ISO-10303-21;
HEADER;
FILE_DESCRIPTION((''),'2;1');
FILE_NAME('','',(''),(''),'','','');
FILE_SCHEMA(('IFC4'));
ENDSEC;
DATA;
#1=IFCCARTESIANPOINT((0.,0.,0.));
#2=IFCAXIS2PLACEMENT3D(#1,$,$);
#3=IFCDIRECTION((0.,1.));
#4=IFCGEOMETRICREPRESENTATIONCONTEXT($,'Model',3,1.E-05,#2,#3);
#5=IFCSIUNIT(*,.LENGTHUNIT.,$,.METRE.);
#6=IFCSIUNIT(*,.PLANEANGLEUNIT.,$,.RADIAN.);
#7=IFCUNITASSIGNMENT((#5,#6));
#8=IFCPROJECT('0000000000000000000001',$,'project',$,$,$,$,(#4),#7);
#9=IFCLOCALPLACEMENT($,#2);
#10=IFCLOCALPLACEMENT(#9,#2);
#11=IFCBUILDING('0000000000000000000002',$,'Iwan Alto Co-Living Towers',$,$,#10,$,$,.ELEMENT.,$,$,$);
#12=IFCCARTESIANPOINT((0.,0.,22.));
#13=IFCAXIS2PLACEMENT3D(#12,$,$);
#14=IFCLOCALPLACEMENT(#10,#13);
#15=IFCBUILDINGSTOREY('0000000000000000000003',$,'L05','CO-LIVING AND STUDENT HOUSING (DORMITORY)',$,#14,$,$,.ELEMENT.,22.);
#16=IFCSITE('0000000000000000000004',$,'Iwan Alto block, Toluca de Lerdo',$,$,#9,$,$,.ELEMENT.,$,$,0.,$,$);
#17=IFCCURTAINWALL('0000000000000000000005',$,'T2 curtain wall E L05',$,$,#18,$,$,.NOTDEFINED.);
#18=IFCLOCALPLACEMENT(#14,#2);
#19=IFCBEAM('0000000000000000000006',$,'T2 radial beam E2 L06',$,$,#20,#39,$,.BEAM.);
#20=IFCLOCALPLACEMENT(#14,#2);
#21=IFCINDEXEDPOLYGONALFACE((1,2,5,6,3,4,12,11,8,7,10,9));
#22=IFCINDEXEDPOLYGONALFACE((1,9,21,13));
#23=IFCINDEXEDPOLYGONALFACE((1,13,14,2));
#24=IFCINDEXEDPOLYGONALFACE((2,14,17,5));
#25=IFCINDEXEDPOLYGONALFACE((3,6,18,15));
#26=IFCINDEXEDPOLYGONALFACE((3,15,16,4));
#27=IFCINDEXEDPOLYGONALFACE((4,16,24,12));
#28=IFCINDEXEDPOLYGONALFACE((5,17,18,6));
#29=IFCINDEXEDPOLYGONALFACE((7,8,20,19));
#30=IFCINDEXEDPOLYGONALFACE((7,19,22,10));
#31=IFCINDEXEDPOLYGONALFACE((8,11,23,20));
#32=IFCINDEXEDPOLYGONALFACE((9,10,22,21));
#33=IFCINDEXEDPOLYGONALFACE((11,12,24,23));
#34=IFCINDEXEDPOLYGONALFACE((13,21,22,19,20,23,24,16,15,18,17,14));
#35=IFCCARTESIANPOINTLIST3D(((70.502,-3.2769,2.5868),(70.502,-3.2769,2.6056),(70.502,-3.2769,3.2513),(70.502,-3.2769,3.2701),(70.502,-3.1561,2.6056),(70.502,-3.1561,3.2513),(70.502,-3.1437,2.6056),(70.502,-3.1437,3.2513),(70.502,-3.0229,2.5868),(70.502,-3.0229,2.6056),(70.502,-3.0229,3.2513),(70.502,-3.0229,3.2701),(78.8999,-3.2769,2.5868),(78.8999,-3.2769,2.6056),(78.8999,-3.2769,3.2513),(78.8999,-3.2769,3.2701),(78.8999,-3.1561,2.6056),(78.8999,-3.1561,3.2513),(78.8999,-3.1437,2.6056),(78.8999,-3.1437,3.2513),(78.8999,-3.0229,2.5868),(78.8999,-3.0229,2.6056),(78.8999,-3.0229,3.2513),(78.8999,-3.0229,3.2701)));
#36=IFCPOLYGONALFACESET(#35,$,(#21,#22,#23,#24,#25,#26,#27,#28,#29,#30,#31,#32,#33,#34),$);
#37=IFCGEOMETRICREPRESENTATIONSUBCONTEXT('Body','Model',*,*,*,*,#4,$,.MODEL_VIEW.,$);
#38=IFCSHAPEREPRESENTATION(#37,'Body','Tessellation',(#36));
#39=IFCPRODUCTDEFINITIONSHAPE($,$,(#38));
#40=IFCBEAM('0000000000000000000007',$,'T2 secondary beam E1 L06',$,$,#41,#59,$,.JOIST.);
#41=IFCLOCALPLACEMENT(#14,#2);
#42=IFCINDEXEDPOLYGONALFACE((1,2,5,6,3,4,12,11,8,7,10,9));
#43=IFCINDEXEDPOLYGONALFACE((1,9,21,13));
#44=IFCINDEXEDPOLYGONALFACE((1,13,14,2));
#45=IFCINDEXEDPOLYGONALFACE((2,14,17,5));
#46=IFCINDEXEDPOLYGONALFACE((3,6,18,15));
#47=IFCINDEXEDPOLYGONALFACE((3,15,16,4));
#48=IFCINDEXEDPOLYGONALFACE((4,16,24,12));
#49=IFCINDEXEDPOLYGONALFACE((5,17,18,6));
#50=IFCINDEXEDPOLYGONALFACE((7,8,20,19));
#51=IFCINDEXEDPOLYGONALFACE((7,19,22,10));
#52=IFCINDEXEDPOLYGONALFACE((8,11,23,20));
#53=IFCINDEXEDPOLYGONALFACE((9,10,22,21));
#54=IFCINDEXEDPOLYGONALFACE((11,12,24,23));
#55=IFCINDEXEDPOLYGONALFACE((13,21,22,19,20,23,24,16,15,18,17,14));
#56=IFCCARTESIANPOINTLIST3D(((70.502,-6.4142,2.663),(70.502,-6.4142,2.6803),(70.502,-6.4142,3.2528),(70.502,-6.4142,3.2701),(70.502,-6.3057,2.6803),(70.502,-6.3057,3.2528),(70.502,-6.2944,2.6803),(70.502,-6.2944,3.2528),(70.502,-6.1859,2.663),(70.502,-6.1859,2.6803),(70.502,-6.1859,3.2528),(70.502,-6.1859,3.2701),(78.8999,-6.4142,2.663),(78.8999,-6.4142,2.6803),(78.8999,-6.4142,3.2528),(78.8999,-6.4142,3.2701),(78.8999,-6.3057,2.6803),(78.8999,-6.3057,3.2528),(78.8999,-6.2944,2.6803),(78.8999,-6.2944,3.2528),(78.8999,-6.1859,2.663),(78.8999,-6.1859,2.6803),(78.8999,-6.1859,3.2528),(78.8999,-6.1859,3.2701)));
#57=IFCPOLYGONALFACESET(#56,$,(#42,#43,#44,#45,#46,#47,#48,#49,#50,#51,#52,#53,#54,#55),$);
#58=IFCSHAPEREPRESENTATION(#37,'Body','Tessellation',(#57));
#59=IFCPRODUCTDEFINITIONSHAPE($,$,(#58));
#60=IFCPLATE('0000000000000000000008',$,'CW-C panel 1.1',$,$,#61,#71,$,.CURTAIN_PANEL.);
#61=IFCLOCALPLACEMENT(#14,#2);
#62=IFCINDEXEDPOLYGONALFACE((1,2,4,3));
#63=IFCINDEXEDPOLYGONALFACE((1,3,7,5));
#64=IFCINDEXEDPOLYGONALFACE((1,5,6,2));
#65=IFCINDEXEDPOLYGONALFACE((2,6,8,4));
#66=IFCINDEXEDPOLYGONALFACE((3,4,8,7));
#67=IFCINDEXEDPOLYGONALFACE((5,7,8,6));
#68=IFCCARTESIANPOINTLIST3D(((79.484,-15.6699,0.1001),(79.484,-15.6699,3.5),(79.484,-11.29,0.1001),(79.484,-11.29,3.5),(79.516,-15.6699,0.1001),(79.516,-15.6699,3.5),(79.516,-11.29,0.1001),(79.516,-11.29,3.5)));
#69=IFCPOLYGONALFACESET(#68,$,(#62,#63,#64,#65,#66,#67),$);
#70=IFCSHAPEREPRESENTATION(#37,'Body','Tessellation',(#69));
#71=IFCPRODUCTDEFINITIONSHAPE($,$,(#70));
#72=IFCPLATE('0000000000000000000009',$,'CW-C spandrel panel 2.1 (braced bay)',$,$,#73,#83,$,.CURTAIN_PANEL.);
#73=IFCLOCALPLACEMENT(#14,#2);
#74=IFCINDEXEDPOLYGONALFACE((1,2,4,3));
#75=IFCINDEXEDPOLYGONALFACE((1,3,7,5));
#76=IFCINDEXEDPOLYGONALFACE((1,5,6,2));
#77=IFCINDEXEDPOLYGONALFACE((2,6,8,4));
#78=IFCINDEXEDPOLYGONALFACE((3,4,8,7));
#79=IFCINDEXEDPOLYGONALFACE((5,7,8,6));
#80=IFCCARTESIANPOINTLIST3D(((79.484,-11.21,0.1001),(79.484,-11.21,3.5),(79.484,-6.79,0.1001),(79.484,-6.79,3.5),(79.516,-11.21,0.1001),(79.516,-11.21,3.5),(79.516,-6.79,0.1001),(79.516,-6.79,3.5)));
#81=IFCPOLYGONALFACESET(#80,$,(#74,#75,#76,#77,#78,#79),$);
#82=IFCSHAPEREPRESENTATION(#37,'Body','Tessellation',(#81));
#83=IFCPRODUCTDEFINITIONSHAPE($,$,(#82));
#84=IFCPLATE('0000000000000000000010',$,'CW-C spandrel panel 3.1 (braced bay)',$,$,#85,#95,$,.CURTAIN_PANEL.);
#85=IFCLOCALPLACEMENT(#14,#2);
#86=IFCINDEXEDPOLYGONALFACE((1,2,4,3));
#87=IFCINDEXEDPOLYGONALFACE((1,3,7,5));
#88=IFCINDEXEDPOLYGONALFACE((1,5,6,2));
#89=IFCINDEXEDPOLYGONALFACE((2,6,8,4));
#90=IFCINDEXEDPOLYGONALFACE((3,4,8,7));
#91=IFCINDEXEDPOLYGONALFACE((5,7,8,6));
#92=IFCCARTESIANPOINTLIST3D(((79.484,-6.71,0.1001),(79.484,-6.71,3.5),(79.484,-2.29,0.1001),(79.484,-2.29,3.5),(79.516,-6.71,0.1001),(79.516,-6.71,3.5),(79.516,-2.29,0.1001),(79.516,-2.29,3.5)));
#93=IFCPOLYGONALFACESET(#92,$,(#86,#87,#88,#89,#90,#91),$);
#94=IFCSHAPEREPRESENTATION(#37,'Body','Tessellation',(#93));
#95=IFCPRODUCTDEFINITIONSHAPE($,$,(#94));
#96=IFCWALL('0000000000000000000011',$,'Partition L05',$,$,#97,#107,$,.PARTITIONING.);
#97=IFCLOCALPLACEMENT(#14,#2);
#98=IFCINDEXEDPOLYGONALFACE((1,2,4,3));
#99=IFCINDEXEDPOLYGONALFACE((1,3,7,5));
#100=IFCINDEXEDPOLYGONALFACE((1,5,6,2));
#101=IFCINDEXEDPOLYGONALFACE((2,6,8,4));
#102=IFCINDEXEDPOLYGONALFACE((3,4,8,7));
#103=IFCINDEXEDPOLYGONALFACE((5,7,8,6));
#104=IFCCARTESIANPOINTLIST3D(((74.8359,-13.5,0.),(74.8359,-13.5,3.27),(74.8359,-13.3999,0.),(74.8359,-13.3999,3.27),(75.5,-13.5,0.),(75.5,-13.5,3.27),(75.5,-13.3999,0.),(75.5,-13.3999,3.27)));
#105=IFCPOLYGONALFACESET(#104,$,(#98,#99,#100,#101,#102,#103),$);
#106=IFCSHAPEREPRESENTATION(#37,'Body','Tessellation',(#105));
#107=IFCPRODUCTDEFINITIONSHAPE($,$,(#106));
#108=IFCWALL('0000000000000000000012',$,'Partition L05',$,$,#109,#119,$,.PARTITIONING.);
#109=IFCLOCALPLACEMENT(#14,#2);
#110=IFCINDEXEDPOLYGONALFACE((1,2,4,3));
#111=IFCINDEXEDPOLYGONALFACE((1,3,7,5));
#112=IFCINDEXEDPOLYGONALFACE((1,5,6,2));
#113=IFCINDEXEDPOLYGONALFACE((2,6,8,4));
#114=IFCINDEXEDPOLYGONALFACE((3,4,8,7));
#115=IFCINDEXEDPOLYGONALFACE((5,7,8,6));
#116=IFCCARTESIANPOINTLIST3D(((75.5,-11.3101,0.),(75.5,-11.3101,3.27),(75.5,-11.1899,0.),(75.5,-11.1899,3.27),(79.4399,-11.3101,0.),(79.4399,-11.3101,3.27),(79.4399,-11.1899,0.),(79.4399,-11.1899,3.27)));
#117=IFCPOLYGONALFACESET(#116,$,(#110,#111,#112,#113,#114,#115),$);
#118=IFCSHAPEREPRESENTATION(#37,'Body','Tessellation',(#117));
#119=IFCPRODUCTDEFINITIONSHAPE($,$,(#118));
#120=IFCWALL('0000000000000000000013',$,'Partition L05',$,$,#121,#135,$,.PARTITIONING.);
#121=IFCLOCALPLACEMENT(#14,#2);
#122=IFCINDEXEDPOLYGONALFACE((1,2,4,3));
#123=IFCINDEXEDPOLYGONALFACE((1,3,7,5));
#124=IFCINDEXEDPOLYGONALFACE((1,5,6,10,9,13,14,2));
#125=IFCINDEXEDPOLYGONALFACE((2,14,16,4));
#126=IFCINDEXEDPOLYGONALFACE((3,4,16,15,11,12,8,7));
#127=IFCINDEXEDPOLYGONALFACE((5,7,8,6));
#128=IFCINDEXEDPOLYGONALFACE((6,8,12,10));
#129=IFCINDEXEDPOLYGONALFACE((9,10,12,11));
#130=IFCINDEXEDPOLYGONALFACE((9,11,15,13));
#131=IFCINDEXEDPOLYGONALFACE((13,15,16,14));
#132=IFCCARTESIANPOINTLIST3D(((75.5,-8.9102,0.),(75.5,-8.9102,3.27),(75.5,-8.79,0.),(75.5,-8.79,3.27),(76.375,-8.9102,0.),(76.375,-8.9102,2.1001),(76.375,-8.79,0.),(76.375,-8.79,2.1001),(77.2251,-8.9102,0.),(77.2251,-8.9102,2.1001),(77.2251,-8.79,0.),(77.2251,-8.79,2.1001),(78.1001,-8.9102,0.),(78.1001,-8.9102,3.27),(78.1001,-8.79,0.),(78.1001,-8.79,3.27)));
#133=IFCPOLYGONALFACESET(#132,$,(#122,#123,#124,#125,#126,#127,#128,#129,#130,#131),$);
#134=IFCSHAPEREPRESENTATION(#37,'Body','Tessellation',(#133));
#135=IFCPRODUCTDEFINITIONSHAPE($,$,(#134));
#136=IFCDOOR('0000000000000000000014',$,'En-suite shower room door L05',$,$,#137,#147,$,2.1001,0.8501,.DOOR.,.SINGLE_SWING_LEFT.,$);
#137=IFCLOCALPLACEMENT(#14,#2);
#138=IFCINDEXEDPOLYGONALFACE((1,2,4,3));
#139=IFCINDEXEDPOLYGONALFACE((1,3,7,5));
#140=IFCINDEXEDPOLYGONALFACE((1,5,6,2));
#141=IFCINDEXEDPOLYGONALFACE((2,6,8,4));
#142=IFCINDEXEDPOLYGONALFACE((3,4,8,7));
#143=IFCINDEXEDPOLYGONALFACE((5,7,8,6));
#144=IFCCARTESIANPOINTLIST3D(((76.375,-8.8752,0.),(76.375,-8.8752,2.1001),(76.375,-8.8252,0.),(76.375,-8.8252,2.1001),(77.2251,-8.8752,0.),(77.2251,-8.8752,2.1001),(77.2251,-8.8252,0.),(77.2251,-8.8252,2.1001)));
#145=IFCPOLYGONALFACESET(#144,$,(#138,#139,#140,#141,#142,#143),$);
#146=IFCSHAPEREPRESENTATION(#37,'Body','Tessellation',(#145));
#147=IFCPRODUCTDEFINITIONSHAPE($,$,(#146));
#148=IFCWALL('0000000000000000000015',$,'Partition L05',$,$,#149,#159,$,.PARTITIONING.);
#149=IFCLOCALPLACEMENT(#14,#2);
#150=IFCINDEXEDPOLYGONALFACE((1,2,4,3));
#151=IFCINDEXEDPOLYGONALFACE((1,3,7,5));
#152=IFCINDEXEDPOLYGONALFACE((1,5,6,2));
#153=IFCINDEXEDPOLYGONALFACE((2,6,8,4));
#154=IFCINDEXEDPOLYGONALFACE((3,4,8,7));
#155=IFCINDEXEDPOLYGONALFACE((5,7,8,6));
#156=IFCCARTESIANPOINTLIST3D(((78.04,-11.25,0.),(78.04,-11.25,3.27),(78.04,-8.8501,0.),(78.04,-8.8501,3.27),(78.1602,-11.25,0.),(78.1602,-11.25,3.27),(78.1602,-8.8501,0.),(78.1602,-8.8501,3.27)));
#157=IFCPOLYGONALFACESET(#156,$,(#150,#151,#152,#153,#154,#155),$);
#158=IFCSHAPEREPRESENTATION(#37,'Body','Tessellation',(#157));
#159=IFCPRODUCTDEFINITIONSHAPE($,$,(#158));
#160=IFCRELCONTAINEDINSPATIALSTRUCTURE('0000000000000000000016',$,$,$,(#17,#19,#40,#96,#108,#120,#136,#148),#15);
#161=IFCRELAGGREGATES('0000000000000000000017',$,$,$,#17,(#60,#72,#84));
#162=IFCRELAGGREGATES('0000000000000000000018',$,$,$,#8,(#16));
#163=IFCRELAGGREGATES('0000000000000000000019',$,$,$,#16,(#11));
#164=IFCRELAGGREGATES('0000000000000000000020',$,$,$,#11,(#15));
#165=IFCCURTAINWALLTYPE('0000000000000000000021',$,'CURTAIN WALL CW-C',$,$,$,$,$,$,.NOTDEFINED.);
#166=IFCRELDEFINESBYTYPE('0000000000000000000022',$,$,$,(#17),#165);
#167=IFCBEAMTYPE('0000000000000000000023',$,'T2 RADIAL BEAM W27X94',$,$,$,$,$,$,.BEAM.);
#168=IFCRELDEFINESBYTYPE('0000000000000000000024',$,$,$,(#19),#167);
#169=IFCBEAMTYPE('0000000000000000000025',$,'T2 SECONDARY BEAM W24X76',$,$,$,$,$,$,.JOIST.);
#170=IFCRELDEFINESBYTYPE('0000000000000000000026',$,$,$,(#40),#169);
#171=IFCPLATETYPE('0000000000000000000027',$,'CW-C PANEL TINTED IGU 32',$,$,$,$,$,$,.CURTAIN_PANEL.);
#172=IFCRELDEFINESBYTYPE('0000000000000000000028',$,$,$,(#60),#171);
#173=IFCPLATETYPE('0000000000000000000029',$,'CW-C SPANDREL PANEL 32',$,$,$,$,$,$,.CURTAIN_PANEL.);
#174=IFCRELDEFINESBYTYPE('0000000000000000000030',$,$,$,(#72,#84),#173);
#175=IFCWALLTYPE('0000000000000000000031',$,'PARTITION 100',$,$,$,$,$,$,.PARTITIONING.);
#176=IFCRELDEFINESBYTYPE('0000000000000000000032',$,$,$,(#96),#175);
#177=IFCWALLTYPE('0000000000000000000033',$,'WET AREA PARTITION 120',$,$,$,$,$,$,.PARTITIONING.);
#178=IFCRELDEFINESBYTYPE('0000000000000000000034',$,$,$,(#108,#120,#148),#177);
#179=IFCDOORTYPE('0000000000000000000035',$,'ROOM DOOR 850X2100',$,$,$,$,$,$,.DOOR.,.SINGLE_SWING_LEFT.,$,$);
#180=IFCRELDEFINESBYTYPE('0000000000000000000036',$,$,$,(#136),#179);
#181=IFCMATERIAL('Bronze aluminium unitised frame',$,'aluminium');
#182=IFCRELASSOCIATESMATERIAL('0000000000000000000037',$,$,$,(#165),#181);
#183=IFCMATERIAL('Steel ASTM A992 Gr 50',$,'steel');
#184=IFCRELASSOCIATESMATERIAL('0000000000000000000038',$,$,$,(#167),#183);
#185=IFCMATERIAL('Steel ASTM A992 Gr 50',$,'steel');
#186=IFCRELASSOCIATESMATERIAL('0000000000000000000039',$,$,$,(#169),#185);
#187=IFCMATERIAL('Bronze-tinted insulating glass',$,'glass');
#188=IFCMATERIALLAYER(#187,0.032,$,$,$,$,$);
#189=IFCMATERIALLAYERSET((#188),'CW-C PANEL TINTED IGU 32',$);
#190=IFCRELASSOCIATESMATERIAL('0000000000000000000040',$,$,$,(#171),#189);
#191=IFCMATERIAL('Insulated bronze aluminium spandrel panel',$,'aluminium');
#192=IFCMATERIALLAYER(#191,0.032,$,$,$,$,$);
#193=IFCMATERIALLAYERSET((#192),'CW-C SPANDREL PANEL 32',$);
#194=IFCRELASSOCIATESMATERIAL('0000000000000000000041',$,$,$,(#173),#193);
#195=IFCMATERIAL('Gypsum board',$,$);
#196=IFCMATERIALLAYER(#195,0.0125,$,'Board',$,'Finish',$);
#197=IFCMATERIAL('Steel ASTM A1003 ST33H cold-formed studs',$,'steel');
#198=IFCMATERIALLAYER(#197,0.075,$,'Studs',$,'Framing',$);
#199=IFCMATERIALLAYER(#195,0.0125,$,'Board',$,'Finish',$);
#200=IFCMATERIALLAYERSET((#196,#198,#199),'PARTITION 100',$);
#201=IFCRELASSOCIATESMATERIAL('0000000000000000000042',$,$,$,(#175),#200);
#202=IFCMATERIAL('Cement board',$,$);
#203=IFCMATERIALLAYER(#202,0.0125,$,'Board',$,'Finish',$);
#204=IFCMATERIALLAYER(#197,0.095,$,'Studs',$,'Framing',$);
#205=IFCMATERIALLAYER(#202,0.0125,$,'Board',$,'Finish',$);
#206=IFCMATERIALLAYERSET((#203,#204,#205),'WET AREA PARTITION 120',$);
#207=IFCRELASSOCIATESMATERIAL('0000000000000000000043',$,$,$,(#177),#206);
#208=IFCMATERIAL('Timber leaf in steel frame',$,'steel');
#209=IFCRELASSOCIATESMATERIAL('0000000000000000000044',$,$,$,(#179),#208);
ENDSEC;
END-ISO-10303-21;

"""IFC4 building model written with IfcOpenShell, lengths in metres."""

from ifc_helpers import new_model, si_unit, direction, frame, frame_2d, origin, origin_2d, place, context, subcontext, project, spatial, rectangle, i_section, extrude, material, layer, layer_set, material_profile, profile_set, type_object, element, fill, aggregate, save


model = new_model("IFC4")

# Units and contexts
model_context = context("Model", 3, precision=1e-05, world=origin(), true_north=direction((0.0, 1.0)))
body_context = subcontext(model_context, "Body", "Model", "MODEL_VIEW")
ifc_project = project(units=[si_unit("LENGTHUNIT", "METRE"), si_unit("PLANEANGLEUNIT", "RADIAN")], contexts=[model_context])

# Site, building, storey
site_placement = place(None, origin())
site = spatial("IfcSite", under=ifc_project, at=site_placement, Name="Iwan Alto block, Toluca de Lerdo", CompositionType="ELEMENT", RefElevation=0.0)
building_placement = place(site_placement, origin())
building = spatial("IfcBuilding", under=site, at=building_placement, Name="Iwan Alto Co-Living Towers", CompositionType="ELEMENT")
storey_placement = place(building_placement, frame((0.0, 0.0, 22.0)))
storey = spatial("IfcBuildingStorey", under=building, at=storey_placement, Name="L05", Description="CO-LIVING AND STUDENT HOUSING (DORMITORY)", CompositionType="ELEMENT", Elevation=22.0)

# Curtain wall
ifc_material_1 = material(Name="Bronze aluminium unitised frame", Category="aluminium")
curtain_wall_type = type_object("IfcCurtainWallType", Name="CURTAIN WALL CW-C", PredefinedType="NOTDEFINED", material=ifc_material_1)
curtain_wall_placement = place(storey_placement, origin())
curtain_wall = element("IfcCurtainWall", 1, at=curtain_wall_placement, inside=storey, type_object=curtain_wall_type, Name="T2 curtain wall E L05", PredefinedType="NOTDEFINED")

# Beams
ifc_material_2 = material(Name="Steel ASTM A992 Gr 50", Category="steel")
ifc_material_profile_1 = material_profile(ifc_material_2, i_section(OverallWidth=0.2539, OverallDepth=0.6833, WebThickness=0.0125, FlangeThickness=0.0188, at=origin_2d()), Name="W27X94")
ifc_profile_set_1 = profile_set([ifc_material_profile_1], Name="Steel ASTM A992 Gr 50")
beam_type_1 = type_object("IfcBeamType", Name="T2 RADIAL BEAM W27X94", PredefinedType="BEAM", material=ifc_profile_set_1)
beam_1_placement = place(storey_placement, frame((78.8999, -3.1499, 2.9285), z_axis=(-1.0, 0.0, 0.0), x_axis=(0.0, -1.0, 0.0)))
element("IfcBeam", 2, at=beam_1_placement, inside=storey, type_object=beam_type_1, Name="T2 radial beam E2 L06", PredefinedType="BEAM", context=body_context, shape_type="SweptSolid", body=[
    extrude(i_section(OverallWidth=0.2539, OverallDepth=0.6833, WebThickness=0.0125, FlangeThickness=0.0188, at=origin_2d()), origin(), (0.0, 0.0, 1.0), 8.3979),
])
ifc_material_3 = material(Name="Steel ASTM A992 Gr 50", Category="steel")
ifc_material_profile_2 = material_profile(ifc_material_3, i_section(OverallWidth=0.2283, OverallDepth=0.6072, WebThickness=0.0112, FlangeThickness=0.0173, at=origin_2d()), Name="W24X76")
ifc_profile_set_2 = profile_set([ifc_material_profile_2], Name="Steel ASTM A992 Gr 50")
beam_type_2 = type_object("IfcBeamType", Name="T2 SECONDARY BEAM W24X76", PredefinedType="JOIST", material=ifc_profile_set_2)
beam_2_placement = place(storey_placement, frame((78.8999, -6.3, 2.9666), z_axis=(-1.0, 0.0, 0.0), x_axis=(0.0, -1.0, 0.0)))
element("IfcBeam", 3, at=beam_2_placement, inside=storey, type_object=beam_type_2, Name="T2 secondary beam E1 L06", PredefinedType="JOIST", context=body_context, shape_type="SweptSolid", body=[
    extrude(i_section(OverallWidth=0.2283, OverallDepth=0.6072, WebThickness=0.0112, FlangeThickness=0.0173, at=origin_2d()), origin(), (0.0, 0.0, 1.0), 8.3979),
])

# Plates
ifc_material_4 = material(Name="Bronze-tinted insulating glass", Category="glass")
ifc_layer_1 = layer(ifc_material_4, 0.032)
ifc_layer_set_1 = layer_set([ifc_layer_1], Name="CW-C PANEL TINTED IGU 32")
plate_type_1 = type_object("IfcPlateType", Name="CW-C PANEL TINTED IGU 32", PredefinedType="CURTAIN_PANEL", material=ifc_layer_set_1)
plate_1_placement = place(storey_placement, frame((79.5, -13.48, 0.1001), z_axis=(0.0, 0.0, 1.0), x_axis=(0.0, 1.0, 0.0)))
plate_1 = element("IfcPlate", 4, at=plate_1_placement, type_object=plate_type_1, Name="CW-C panel 1.1", PredefinedType="CURTAIN_PANEL", context=body_context, shape_type="SweptSolid", body=[
    extrude(rectangle(XDim=4.3799, YDim=0.032, at=origin_2d()), origin(), (0.0, 0.0, 1.0), 3.3999),
])
ifc_material_5 = material(Name="Insulated bronze aluminium spandrel panel", Category="aluminium")
ifc_layer_2 = layer(ifc_material_5, 0.032)
ifc_layer_set_2 = layer_set([ifc_layer_2], Name="CW-C SPANDREL PANEL 32")
plate_type_2 = type_object("IfcPlateType", Name="CW-C SPANDREL PANEL 32", PredefinedType="CURTAIN_PANEL", material=ifc_layer_set_2)
plate_2_placement = place(storey_placement, frame((79.5, -9.0, 0.1001), z_axis=(0.0, 0.0, 1.0), x_axis=(0.0, 1.0, 0.0)))
plate_2 = element("IfcPlate", 5, at=plate_2_placement, type_object=plate_type_2, Name="CW-C spandrel panel 2.1 (braced bay)", PredefinedType="CURTAIN_PANEL", context=body_context, shape_type="SweptSolid", body=[
    extrude(rectangle(XDim=4.4199, YDim=0.032, at=origin_2d()), origin(), (0.0, 0.0, 1.0), 3.3999),
])
plate_3_placement = place(storey_placement, frame((79.5, -4.5, 0.1001), z_axis=(0.0, 0.0, 1.0), x_axis=(0.0, 1.0, 0.0)))
plate_3 = element("IfcPlate", 6, at=plate_3_placement, type_object=plate_type_2, Name="CW-C spandrel panel 3.1 (braced bay)", PredefinedType="CURTAIN_PANEL", context=body_context, shape_type="SweptSolid", body=[
    extrude(rectangle(XDim=4.4199, YDim=0.032, at=origin_2d()), origin(), (0.0, 0.0, 1.0), 3.3999),
])
aggregate(curtain_wall, [plate_1, plate_2, plate_3])

# Walls
ifc_material_6 = material(Name="Gypsum board")
ifc_layer_3 = layer(ifc_material_6, 0.0125, Name="Board", Category="Finish")
ifc_material_7 = material(Name="Steel ASTM A1003 ST33H cold-formed studs", Category="steel")
ifc_layer_4 = layer(ifc_material_7, 0.075, Name="Studs", Category="Framing")
ifc_layer_5 = layer(ifc_material_6, 0.0125, Name="Board", Category="Finish")
ifc_layer_set_3 = layer_set([ifc_layer_3, ifc_layer_4, ifc_layer_5], Name="PARTITION 100")
wall_type_1 = type_object("IfcWallType", Name="PARTITION 100", PredefinedType="PARTITIONING", material=ifc_layer_set_3)
wall_1_placement = place(storey_placement, frame((74.8359, -13.45, 0.0), z_axis=(0.0, 0.0, 1.0), x_axis=(1.0, 0.0, 0.0)))
element("IfcWall", 7, at=wall_1_placement, inside=storey, type_object=wall_type_1, Name="Partition L05", PredefinedType="PARTITIONING", context=body_context, shape_type="SweptSolid", body=[
    extrude(rectangle(XDim=0.6641, YDim=0.1001, at=frame_2d((0.332, 0.0))), origin(), (0.0, 0.0, 1.0), 3.27),
])
ifc_material_8 = material(Name="Cement board")
ifc_layer_6 = layer(ifc_material_8, 0.0125, Name="Board", Category="Finish")
ifc_layer_7 = layer(ifc_material_7, 0.095, Name="Studs", Category="Framing")
ifc_layer_8 = layer(ifc_material_8, 0.0125, Name="Board", Category="Finish")
ifc_layer_set_4 = layer_set([ifc_layer_6, ifc_layer_7, ifc_layer_8], Name="WET AREA PARTITION 120")
wall_type_2 = type_object("IfcWallType", Name="WET AREA PARTITION 120", PredefinedType="PARTITIONING", material=ifc_layer_set_4)
wall_2_placement = place(storey_placement, frame((75.5, -11.25, 0.0), z_axis=(0.0, 0.0, 1.0), x_axis=(1.0, 0.0, 0.0)))
element("IfcWall", 8, at=wall_2_placement, inside=storey, type_object=wall_type_2, Name="Partition L05", PredefinedType="PARTITIONING", context=body_context, shape_type="SweptSolid", body=[
    extrude(rectangle(XDim=3.9399, YDim=0.1201, at=frame_2d((1.97, 0.0))), origin(), (0.0, 0.0, 1.0), 3.27),
])

# Wall, opening, door
wall_3_placement = place(storey_placement, frame((75.5, -8.8501, 0.0), z_axis=(0.0, 0.0, 1.0), x_axis=(1.0, 0.0, 0.0)))
wall_3 = element("IfcWall", 9, at=wall_3_placement, inside=storey, type_object=wall_type_2, Name="Partition L05", PredefinedType="PARTITIONING", context=body_context, shape_type="SweptSolid", body=[
    extrude(rectangle(XDim=2.6001, YDim=0.1201, at=frame_2d((1.3, 0.0))), origin(), (0.0, 0.0, 1.0), 3.27),
])
opening_1_placement = place(wall_3_placement, frame((0.875, 0.0, 0.0)))
opening_1 = element("IfcOpeningElement", 10, at=opening_1_placement, cuts=wall_3, PredefinedType="OPENING", context=body_context, shape_type="SweptSolid", body=[
    extrude(rectangle(XDim=0.8501, YDim=2.1001, at=frame_2d((0.425, 1.05))), frame((0.0, 0.0701, 0.0), z_axis=(0.0, -1.0, 0.0), x_axis=(1.0, 0.0, 0.0)), (0.0, 0.0, 1.0), 0.1401),
])
ifc_material_9 = material(Name="Timber leaf in steel frame", Category="steel")
door_type = type_object("IfcDoorType", Name="ROOM DOOR 850X2100", OperationType="SINGLE_SWING_LEFT", PredefinedType="DOOR", material=ifc_material_9)
door_1_placement = place(opening_1_placement, origin())
door_1 = element("IfcDoor", 11, at=door_1_placement, inside=storey, type_object=door_type, Name="En-suite shower room door L05", OperationType="SINGLE_SWING_LEFT", OverallHeight=2.1001, OverallWidth=0.8501, PredefinedType="DOOR", context=body_context, shape_type="SweptSolid", body=[
    extrude(rectangle(XDim=0.8501, YDim=2.1001, at=frame_2d((0.425, 1.05))), frame((0.0, 0.0249, 0.0), z_axis=(0.0, -1.0, 0.0), x_axis=(1.0, 0.0, 0.0)), (0.0, 0.0, 1.0), 0.05),
])
fill(opening_1, door_1)

# Wall
wall_4_placement = place(storey_placement, frame((78.1001, -11.25, 0.0), z_axis=(0.0, 0.0, 1.0), x_axis=(0.0, 1.0, 0.0)))
element("IfcWall", 12, at=wall_4_placement, inside=storey, type_object=wall_type_2, Name="Partition L05", PredefinedType="PARTITIONING", context=body_context, shape_type="SweptSolid", body=[
    extrude(rectangle(XDim=2.3999, YDim=0.1201, at=frame_2d((1.2, 0.0))), origin(), (0.0, 0.0, 1.0), 3.27),
])

save(model, "model.ifc")
